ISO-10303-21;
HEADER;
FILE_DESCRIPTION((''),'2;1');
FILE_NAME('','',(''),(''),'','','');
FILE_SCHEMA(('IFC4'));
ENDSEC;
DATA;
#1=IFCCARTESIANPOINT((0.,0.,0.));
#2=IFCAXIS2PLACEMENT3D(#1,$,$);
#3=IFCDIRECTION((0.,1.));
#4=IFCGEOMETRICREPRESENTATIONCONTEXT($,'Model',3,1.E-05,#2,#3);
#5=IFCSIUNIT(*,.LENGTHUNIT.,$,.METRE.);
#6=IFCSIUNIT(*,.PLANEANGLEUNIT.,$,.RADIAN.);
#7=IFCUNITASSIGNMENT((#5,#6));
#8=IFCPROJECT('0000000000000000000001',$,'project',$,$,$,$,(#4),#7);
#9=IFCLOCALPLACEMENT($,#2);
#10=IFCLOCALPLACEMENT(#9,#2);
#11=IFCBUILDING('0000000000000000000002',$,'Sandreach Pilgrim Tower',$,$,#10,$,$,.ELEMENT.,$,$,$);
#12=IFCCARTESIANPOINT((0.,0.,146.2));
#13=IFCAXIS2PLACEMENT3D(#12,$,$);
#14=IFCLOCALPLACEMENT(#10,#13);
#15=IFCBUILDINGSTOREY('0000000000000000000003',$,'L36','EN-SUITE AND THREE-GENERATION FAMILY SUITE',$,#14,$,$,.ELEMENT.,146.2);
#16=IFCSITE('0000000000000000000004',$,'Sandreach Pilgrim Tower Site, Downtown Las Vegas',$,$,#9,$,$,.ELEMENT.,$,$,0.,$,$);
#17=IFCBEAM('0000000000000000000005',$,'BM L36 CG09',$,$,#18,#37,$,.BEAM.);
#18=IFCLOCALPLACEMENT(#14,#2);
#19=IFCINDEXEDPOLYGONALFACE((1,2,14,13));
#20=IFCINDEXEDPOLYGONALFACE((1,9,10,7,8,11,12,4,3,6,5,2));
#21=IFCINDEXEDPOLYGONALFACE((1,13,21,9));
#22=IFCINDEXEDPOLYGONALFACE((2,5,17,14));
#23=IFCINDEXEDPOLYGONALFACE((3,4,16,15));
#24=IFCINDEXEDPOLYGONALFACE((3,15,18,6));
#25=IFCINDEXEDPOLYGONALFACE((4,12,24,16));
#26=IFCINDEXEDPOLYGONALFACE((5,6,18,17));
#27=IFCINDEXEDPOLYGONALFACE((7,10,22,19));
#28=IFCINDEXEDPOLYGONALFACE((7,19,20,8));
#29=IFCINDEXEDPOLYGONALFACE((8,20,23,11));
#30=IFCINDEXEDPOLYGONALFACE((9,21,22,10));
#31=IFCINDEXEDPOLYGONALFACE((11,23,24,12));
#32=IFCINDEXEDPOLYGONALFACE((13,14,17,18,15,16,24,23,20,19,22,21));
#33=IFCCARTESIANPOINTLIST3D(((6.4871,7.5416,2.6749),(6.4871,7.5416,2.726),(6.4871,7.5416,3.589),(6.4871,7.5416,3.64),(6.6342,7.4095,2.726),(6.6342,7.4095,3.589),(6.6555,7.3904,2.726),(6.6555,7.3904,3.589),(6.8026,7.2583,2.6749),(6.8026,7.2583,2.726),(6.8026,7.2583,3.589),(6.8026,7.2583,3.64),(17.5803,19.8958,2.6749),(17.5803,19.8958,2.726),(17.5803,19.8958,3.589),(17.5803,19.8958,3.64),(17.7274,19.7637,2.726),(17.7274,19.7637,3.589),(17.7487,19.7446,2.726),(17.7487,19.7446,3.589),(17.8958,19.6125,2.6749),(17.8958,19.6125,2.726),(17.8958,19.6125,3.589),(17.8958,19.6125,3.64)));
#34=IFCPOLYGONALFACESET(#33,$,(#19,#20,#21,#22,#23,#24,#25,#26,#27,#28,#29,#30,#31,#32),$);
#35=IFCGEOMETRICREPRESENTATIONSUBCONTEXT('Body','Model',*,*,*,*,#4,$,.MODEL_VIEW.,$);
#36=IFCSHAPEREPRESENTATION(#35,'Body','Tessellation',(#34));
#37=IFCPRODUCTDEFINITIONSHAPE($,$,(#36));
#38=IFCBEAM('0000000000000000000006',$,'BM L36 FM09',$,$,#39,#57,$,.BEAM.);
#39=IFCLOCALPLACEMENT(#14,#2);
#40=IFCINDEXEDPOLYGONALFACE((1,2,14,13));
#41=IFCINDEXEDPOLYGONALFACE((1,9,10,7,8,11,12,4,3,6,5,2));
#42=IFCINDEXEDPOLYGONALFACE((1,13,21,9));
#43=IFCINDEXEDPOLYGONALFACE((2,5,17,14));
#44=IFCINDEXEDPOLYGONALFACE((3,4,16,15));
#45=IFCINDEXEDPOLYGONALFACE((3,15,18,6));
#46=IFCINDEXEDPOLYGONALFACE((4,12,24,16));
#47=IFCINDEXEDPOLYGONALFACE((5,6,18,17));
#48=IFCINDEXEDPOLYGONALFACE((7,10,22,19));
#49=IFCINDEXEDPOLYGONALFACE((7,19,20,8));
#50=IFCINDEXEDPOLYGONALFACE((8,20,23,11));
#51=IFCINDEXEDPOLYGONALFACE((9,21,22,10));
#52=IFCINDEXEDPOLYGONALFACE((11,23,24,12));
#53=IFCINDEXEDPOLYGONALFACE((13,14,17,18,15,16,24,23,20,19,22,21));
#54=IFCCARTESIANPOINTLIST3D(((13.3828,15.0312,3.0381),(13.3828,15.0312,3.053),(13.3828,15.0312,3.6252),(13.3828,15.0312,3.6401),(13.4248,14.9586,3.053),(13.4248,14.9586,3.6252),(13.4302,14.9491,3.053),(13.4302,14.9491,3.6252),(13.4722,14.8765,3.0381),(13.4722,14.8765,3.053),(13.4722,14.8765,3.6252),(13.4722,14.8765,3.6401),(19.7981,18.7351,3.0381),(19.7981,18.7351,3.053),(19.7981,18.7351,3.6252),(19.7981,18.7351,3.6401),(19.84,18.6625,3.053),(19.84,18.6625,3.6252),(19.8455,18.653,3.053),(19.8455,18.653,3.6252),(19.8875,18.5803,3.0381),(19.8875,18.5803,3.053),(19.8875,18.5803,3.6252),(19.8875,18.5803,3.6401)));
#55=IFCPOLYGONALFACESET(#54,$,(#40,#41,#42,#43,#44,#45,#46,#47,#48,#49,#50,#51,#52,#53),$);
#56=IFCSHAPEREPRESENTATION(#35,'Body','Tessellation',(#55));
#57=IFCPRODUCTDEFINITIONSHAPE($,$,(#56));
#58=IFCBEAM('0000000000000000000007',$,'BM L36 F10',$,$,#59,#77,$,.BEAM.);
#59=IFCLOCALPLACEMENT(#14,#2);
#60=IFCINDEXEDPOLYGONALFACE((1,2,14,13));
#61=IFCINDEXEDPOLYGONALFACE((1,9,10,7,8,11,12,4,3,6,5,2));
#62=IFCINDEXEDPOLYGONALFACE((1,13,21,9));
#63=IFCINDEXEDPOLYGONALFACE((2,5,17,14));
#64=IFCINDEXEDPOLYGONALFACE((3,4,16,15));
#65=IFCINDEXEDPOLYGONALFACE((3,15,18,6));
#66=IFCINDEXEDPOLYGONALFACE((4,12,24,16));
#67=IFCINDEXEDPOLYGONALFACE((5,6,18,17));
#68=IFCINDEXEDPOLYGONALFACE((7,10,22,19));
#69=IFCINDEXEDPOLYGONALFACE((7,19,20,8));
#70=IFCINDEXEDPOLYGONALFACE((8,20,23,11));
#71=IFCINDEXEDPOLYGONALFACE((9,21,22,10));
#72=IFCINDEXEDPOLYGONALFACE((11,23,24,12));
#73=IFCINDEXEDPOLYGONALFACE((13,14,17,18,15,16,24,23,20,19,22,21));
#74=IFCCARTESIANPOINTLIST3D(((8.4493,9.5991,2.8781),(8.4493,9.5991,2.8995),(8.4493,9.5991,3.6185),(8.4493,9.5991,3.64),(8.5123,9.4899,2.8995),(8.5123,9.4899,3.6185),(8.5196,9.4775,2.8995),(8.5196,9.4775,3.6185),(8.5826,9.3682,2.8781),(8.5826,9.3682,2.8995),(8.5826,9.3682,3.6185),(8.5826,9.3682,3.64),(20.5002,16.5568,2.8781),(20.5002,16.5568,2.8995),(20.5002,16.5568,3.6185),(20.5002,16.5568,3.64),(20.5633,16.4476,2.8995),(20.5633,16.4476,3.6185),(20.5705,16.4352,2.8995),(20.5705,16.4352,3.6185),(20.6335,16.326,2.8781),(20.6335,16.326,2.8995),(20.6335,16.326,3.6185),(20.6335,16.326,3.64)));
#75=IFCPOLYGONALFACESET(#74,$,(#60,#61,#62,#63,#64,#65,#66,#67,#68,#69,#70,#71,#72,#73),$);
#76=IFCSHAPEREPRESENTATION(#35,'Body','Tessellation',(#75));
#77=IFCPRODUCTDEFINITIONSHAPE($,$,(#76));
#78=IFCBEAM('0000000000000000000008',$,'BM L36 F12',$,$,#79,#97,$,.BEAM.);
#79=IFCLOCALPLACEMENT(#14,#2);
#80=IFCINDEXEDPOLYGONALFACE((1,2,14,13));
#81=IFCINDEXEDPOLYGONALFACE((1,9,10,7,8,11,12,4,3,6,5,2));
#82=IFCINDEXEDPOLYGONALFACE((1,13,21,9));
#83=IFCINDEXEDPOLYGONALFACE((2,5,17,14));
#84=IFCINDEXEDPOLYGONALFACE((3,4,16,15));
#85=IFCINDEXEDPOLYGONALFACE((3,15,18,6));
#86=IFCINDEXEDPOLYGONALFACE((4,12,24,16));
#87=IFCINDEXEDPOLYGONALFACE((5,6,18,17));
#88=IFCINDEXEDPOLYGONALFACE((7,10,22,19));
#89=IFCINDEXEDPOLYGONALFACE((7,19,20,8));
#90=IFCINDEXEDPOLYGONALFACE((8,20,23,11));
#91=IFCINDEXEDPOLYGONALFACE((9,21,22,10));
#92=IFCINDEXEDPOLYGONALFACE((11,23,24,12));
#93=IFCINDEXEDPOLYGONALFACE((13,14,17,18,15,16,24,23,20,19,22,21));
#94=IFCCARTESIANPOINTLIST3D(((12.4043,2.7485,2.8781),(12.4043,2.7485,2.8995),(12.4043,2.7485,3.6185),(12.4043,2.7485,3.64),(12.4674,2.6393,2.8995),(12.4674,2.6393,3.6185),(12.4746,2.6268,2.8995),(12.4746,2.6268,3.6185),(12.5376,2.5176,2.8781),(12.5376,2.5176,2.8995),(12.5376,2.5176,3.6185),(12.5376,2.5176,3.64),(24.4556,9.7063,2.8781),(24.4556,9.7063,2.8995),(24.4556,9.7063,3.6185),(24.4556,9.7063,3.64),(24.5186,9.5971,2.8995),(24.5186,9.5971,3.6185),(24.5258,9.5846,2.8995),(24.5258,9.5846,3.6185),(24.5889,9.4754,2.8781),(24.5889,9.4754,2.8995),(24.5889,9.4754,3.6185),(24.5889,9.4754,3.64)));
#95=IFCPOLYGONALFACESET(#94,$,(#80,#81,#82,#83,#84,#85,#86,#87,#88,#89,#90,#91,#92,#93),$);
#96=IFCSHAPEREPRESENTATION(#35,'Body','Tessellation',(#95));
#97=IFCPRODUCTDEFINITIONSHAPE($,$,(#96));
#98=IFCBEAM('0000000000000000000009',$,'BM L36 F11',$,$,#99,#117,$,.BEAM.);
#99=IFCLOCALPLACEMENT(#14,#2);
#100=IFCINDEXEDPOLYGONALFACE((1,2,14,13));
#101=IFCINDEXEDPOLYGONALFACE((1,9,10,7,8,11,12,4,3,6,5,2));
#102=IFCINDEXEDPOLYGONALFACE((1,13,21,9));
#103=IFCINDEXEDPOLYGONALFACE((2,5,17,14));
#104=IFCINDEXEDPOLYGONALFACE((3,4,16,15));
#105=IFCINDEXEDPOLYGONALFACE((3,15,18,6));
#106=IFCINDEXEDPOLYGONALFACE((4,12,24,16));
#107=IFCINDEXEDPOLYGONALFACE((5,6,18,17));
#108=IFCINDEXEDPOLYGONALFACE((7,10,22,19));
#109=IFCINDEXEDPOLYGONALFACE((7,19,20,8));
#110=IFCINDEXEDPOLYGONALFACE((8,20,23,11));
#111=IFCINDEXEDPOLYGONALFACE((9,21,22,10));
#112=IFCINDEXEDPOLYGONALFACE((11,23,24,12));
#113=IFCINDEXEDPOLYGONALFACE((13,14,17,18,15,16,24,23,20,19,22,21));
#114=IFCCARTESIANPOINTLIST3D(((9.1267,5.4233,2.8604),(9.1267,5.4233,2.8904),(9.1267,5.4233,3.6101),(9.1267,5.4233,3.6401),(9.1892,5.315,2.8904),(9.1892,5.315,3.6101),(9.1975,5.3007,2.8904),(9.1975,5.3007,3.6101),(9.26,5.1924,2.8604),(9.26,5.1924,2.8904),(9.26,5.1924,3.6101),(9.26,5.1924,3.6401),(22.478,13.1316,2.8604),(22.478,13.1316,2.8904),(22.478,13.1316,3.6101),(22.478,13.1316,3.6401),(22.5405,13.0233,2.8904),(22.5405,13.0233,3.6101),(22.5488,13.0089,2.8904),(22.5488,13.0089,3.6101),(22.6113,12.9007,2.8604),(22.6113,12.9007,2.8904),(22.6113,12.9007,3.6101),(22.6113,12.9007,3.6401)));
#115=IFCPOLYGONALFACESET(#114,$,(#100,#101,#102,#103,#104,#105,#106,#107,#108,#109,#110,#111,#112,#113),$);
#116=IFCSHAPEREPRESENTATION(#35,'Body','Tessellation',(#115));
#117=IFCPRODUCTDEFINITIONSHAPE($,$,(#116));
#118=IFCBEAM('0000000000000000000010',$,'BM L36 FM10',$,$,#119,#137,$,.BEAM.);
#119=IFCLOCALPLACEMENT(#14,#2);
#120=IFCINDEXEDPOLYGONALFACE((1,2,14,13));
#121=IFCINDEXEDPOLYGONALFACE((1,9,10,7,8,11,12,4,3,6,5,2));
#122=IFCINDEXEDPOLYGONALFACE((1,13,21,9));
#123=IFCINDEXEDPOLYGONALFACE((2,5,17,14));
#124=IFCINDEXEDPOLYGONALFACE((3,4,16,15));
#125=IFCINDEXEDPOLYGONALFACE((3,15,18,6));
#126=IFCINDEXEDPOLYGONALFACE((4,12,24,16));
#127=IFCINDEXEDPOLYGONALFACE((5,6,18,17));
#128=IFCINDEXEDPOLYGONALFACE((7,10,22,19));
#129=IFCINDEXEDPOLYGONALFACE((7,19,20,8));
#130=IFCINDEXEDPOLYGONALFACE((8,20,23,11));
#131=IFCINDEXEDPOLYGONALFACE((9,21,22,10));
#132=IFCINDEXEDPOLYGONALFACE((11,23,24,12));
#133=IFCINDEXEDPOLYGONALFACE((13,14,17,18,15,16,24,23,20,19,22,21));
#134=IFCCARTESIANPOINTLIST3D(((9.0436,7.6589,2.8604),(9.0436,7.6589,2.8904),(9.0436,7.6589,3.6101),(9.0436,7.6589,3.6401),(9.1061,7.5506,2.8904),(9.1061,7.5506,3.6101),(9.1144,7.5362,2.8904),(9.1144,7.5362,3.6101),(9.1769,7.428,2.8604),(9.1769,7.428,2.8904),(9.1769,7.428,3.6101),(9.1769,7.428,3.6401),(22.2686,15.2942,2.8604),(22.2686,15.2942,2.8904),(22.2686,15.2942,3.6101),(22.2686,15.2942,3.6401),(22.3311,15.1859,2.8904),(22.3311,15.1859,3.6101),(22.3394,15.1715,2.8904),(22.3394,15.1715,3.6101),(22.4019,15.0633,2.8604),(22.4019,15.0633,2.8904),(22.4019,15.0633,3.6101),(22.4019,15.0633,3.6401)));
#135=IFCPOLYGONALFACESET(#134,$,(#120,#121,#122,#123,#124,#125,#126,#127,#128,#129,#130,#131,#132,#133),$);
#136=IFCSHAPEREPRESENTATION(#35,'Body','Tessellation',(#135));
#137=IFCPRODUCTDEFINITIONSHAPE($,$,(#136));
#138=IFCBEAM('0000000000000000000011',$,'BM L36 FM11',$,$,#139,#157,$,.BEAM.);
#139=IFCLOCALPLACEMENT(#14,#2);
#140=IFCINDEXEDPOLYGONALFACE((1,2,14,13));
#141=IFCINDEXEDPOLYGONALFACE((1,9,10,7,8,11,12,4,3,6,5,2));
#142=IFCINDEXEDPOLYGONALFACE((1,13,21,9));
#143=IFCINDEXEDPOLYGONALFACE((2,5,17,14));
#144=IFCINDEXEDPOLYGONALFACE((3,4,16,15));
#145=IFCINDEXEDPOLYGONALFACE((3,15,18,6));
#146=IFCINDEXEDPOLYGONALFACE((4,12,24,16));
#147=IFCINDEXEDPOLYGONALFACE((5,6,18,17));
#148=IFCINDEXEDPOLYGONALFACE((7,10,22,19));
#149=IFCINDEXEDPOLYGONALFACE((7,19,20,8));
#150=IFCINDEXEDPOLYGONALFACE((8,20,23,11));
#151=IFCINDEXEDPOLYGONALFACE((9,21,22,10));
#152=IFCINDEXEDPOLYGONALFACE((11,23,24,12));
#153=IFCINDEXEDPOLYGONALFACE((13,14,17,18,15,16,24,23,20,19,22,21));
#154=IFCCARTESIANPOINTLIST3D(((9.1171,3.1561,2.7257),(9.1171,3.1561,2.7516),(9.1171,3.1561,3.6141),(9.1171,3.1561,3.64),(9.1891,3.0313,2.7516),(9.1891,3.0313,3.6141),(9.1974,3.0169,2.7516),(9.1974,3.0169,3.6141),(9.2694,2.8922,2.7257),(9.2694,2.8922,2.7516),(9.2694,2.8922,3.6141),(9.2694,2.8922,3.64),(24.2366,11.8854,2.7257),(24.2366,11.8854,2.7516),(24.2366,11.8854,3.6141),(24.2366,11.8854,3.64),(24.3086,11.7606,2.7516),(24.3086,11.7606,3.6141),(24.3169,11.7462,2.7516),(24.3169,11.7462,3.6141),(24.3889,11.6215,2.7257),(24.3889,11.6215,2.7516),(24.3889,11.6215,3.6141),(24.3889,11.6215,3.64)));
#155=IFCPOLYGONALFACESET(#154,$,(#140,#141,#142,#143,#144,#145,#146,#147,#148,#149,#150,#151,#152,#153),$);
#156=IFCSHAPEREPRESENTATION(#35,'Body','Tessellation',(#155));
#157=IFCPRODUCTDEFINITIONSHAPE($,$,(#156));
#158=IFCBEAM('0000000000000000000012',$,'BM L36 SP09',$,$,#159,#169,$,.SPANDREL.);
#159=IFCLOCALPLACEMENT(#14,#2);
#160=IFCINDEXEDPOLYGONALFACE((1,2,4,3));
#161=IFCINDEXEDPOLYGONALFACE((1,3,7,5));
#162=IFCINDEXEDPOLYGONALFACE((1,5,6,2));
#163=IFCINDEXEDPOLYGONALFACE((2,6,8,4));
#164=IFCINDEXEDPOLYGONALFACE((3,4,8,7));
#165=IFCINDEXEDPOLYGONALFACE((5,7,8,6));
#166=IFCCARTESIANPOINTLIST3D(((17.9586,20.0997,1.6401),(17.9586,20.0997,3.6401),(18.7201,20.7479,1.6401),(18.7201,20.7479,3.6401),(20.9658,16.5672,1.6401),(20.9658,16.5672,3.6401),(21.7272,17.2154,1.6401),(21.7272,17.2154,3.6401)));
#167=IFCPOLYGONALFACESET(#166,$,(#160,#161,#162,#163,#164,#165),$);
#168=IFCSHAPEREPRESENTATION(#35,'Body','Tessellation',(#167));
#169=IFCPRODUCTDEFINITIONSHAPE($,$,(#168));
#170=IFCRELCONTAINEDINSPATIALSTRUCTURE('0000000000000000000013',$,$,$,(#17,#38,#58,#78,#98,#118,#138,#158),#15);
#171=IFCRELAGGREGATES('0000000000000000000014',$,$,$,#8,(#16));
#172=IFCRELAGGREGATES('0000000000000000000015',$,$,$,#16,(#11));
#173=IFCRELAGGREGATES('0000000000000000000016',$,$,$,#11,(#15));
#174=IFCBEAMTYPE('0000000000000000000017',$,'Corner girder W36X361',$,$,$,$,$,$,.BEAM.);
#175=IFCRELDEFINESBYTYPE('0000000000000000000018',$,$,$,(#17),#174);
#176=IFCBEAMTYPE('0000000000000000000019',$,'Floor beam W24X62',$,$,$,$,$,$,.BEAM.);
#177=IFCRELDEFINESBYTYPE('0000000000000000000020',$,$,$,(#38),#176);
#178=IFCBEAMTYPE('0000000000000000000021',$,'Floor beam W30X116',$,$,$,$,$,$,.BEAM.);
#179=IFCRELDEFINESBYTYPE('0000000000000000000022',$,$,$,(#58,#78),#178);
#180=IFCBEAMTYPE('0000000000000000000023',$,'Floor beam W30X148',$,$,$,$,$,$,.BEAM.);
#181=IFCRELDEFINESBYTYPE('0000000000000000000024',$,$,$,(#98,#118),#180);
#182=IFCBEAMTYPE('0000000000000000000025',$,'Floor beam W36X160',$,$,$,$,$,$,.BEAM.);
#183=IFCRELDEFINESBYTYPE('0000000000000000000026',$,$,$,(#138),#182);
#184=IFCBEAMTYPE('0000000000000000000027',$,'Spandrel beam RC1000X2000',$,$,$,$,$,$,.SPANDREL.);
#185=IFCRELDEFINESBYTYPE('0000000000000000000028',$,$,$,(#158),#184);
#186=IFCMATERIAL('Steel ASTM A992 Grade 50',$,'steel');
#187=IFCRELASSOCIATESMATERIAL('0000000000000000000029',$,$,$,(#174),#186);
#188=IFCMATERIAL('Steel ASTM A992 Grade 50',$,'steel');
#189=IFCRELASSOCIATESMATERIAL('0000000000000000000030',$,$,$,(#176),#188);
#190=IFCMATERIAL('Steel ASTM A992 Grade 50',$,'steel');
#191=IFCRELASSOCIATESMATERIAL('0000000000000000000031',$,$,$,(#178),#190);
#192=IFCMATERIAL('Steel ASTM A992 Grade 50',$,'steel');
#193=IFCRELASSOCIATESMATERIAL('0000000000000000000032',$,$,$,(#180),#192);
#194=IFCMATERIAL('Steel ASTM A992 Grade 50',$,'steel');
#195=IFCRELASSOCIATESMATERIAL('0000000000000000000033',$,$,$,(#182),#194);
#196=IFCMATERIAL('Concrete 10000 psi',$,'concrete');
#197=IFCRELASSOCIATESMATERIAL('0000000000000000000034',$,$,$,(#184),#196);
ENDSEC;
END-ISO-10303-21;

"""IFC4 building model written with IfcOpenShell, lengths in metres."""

from ifc_helpers import new_model, si_unit, direction, frame, origin, origin_2d, place, context, subcontext, project, spatial, rectangle, i_section, extrude, material, material_profile, profile_set, type_object, element, save


model = new_model("IFC4")

# Units and contexts
model_context = context("Model", 3, precision=1e-05, world=origin(), true_north=direction((0.0, 1.0)))
body_context = subcontext(model_context, "Body", "Model", "MODEL_VIEW")
ifc_project = project(units=[si_unit("LENGTHUNIT", "METRE"), si_unit("PLANEANGLEUNIT", "RADIAN")], contexts=[model_context])

# Site, building, storey
site_placement = place(None, origin())
site = spatial("IfcSite", under=ifc_project, at=site_placement, Name="Sandreach Pilgrim Tower Site, Downtown Las Vegas", CompositionType="ELEMENT", RefElevation=0.0)
building_placement = place(site_placement, origin())
building = spatial("IfcBuilding", under=site, at=building_placement, Name="Sandreach Pilgrim Tower", CompositionType="ELEMENT")
storey_placement = place(building_placement, frame((0.0, 0.0, 146.2)))
storey = spatial("IfcBuildingStorey", under=building, at=storey_placement, Name="L36", Description="EN-SUITE AND THREE-GENERATION FAMILY SUITE", CompositionType="ELEMENT", Elevation=146.2)

# Beams
ifc_material_1 = material(Name="Steel ASTM A992 Grade 50", Category="steel")
ifc_material_profile_1 = material_profile(ifc_material_1, i_section(OverallWidth=0.4241, OverallDepth=0.9651, WebThickness=0.0286, FlangeThickness=0.051, at=origin_2d()), Name="W36X361")
ifc_profile_set_1 = profile_set([ifc_material_profile_1], Name="Steel ASTM A992 Grade 50")
beam_type_1 = type_object("IfcBeamType", Name="Corner girder W36X361", PredefinedType="BEAM", material=ifc_profile_set_1)
beam_1_placement = place(storey_placement, frame((17.738, 19.7542, 3.1575), z_axis=(-0.668114, -0.744059, 0.0), x_axis=(0.744059, -0.668114, 0.0)))
element("IfcBeam", 1, at=beam_1_placement, inside=storey, type_object=beam_type_1, Name="BM L36 CG09", PredefinedType="BEAM", context=body_context, shape_type="SweptSolid", body=[
    extrude(i_section(OverallWidth=0.4241, OverallDepth=0.9651, WebThickness=0.0286, FlangeThickness=0.051, at=origin_2d()), origin(), (0.0, 0.0, 1.0), 16.6038),
])
ifc_material_2 = material(Name="Steel ASTM A992 Grade 50", Category="steel")
ifc_material_profile_2 = material_profile(ifc_material_2, i_section(OverallWidth=0.1787, OverallDepth=0.6021, WebThickness=0.011, FlangeThickness=0.0149, at=origin_2d()), Name="W24X62")
ifc_profile_set_2 = profile_set([ifc_material_profile_2], Name="Steel ASTM A992 Grade 50")
beam_type_2 = type_object("IfcBeamType", Name="Floor beam W24X62", PredefinedType="BEAM", material=ifc_profile_set_2)
beam_2_placement = place(storey_placement, frame((19.8428, 18.6577, 3.3391), z_axis=(-0.866026, -0.499999, 0.0), x_axis=(0.499999, -0.866026, 0.0)))
element("IfcBeam", 2, at=beam_2_placement, inside=storey, type_object=beam_type_2, Name="BM L36 FM09", PredefinedType="BEAM", context=body_context, shape_type="SweptSolid", body=[
    extrude(i_section(OverallWidth=0.1787, OverallDepth=0.6021, WebThickness=0.011, FlangeThickness=0.0149, at=origin_2d()), origin(), (0.0, 0.0, 1.0), 7.4077),
])
ifc_material_3 = material(Name="Steel ASTM A992 Grade 50", Category="steel")
ifc_material_profile_3 = material_profile(ifc_material_3, i_section(OverallWidth=0.2666, OverallDepth=0.762, WebThickness=0.0144, FlangeThickness=0.0215, at=origin_2d()), Name="W30X116")
ifc_profile_set_3 = profile_set([ifc_material_profile_3], Name="Steel ASTM A992 Grade 50")
beam_type_3 = type_object("IfcBeamType", Name="Floor beam W30X116", PredefinedType="BEAM", material=ifc_profile_set_3)
beam_3_placement = place(storey_placement, frame((20.5669, 16.4414, 3.259), z_axis=(-0.866022, -0.500005, 0.0), x_axis=(0.500005, -0.866022, 0.0)))
element("IfcBeam", 3, at=beam_3_placement, inside=storey, type_object=beam_type_3, Name="BM L36 F10", PredefinedType="BEAM", context=body_context, shape_type="SweptSolid", body=[
    extrude(i_section(OverallWidth=0.2666, OverallDepth=0.762, WebThickness=0.0144, FlangeThickness=0.0215, at=origin_2d()), origin(), (0.0, 0.0, 1.0), 13.9153),
])
beam_4_placement = place(storey_placement, frame((24.5222, 9.5908, 3.259), z_axis=(-0.866027, -0.499998, 0.0), x_axis=(0.499998, -0.866027, 0.0)))
element("IfcBeam", 4, at=beam_4_placement, inside=storey, type_object=beam_type_3, Name="BM L36 F12", PredefinedType="BEAM", context=body_context, shape_type="SweptSolid", body=[
    extrude(i_section(OverallWidth=0.2666, OverallDepth=0.762, WebThickness=0.0144, FlangeThickness=0.0215, at=origin_2d()), origin(), (0.0, 0.0, 1.0), 13.9155),
])
ifc_material_4 = material(Name="Steel ASTM A992 Grade 50", Category="steel")
ifc_material_profile_4 = material_profile(ifc_material_4, i_section(OverallWidth=0.2666, OverallDepth=0.7798, WebThickness=0.0166, FlangeThickness=0.03, at=origin_2d()), Name="W30X148")
ifc_profile_set_4 = profile_set([ifc_material_profile_4], Name="Steel ASTM A992 Grade 50")
beam_type_4 = type_object("IfcBeamType", Name="Floor beam W30X148", PredefinedType="BEAM", material=ifc_profile_set_4)
beam_5_placement = place(storey_placement, frame((22.5447, 13.0161, 3.2502), z_axis=(-0.866029, -0.499993, 0.0), x_axis=(0.499993, -0.866029, 0.0)))
element("IfcBeam", 5, at=beam_5_placement, inside=storey, type_object=beam_type_4, Name="BM L36 F11", PredefinedType="BEAM", context=body_context, shape_type="SweptSolid", body=[
    extrude(i_section(OverallWidth=0.2666, OverallDepth=0.7798, WebThickness=0.0166, FlangeThickness=0.03, at=origin_2d()), origin(), (0.0, 0.0, 1.0), 15.4167),
])
beam_6_placement = place(storey_placement, frame((22.3352, 15.1787, 3.2502), z_axis=(-0.866029, -0.499994, 0.0), x_axis=(0.499994, -0.866029, 0.0)))
element("IfcBeam", 6, at=beam_6_placement, inside=storey, type_object=beam_type_4, Name="BM L36 FM10", PredefinedType="BEAM", context=body_context, shape_type="SweptSolid", body=[
    extrude(i_section(OverallWidth=0.2666, OverallDepth=0.7798, WebThickness=0.0166, FlangeThickness=0.03, at=origin_2d()), origin(), (0.0, 0.0, 1.0), 15.2708),
])
ifc_material_5 = material(Name="Steel ASTM A992 Grade 50", Category="steel")
ifc_material_profile_5 = material_profile(ifc_material_5, i_section(OverallWidth=0.3047, OverallDepth=0.9143, WebThickness=0.0166, FlangeThickness=0.0259, at=origin_2d()), Name="W36X160")
ifc_profile_set_5 = profile_set([ifc_material_profile_5], Name="Steel ASTM A992 Grade 50")
beam_type_5 = type_object("IfcBeamType", Name="Floor beam W36X160", PredefinedType="BEAM", material=ifc_profile_set_5)
beam_7_placement = place(storey_placement, frame((24.3127, 11.7534, 3.1829), z_axis=(-0.866024, -0.500003, 0.0), x_axis=(0.500003, -0.866024, 0.0)))
element("IfcBeam", 7, at=beam_7_placement, inside=storey, type_object=beam_type_5, Name="BM L36 FM11", PredefinedType="BEAM", context=body_context, shape_type="SweptSolid", body=[
    extrude(i_section(OverallWidth=0.3047, OverallDepth=0.9143, WebThickness=0.0166, FlangeThickness=0.0259, at=origin_2d()), origin(), (0.0, 0.0, 1.0), 17.4585),
])
ifc_material_6 = material(Name="Concrete 10000 psi", Category="concrete")
ifc_material_profile_6 = material_profile(ifc_material_6, rectangle(XDim=1.0, YDim=2.0, at=origin_2d()), Name="RC1000X2000")
ifc_profile_set_6 = profile_set([ifc_material_profile_6], Name="Concrete 10000 psi")
beam_type_6 = type_object("IfcBeamType", Name="Spandrel beam RC1000X2000", PredefinedType="SPANDREL", material=ifc_profile_set_6)
beam_8_placement = place(storey_placement, frame((18.3394, 20.4238, 2.6401), z_axis=(0.648209, -0.761463, 0.0), x_axis=(0.761463, 0.648209, 0.0)))
element("IfcBeam", 8, at=beam_8_placement, inside=storey, type_object=beam_type_6, Name="BM L36 SP09", PredefinedType="SPANDREL", context=body_context, shape_type="SweptSolid", body=[
    extrude(rectangle(XDim=1.0, YDim=2.0, at=origin_2d()), origin(), (0.0, 0.0, 1.0), 4.6392),
])

save(model, "model.ifc")
